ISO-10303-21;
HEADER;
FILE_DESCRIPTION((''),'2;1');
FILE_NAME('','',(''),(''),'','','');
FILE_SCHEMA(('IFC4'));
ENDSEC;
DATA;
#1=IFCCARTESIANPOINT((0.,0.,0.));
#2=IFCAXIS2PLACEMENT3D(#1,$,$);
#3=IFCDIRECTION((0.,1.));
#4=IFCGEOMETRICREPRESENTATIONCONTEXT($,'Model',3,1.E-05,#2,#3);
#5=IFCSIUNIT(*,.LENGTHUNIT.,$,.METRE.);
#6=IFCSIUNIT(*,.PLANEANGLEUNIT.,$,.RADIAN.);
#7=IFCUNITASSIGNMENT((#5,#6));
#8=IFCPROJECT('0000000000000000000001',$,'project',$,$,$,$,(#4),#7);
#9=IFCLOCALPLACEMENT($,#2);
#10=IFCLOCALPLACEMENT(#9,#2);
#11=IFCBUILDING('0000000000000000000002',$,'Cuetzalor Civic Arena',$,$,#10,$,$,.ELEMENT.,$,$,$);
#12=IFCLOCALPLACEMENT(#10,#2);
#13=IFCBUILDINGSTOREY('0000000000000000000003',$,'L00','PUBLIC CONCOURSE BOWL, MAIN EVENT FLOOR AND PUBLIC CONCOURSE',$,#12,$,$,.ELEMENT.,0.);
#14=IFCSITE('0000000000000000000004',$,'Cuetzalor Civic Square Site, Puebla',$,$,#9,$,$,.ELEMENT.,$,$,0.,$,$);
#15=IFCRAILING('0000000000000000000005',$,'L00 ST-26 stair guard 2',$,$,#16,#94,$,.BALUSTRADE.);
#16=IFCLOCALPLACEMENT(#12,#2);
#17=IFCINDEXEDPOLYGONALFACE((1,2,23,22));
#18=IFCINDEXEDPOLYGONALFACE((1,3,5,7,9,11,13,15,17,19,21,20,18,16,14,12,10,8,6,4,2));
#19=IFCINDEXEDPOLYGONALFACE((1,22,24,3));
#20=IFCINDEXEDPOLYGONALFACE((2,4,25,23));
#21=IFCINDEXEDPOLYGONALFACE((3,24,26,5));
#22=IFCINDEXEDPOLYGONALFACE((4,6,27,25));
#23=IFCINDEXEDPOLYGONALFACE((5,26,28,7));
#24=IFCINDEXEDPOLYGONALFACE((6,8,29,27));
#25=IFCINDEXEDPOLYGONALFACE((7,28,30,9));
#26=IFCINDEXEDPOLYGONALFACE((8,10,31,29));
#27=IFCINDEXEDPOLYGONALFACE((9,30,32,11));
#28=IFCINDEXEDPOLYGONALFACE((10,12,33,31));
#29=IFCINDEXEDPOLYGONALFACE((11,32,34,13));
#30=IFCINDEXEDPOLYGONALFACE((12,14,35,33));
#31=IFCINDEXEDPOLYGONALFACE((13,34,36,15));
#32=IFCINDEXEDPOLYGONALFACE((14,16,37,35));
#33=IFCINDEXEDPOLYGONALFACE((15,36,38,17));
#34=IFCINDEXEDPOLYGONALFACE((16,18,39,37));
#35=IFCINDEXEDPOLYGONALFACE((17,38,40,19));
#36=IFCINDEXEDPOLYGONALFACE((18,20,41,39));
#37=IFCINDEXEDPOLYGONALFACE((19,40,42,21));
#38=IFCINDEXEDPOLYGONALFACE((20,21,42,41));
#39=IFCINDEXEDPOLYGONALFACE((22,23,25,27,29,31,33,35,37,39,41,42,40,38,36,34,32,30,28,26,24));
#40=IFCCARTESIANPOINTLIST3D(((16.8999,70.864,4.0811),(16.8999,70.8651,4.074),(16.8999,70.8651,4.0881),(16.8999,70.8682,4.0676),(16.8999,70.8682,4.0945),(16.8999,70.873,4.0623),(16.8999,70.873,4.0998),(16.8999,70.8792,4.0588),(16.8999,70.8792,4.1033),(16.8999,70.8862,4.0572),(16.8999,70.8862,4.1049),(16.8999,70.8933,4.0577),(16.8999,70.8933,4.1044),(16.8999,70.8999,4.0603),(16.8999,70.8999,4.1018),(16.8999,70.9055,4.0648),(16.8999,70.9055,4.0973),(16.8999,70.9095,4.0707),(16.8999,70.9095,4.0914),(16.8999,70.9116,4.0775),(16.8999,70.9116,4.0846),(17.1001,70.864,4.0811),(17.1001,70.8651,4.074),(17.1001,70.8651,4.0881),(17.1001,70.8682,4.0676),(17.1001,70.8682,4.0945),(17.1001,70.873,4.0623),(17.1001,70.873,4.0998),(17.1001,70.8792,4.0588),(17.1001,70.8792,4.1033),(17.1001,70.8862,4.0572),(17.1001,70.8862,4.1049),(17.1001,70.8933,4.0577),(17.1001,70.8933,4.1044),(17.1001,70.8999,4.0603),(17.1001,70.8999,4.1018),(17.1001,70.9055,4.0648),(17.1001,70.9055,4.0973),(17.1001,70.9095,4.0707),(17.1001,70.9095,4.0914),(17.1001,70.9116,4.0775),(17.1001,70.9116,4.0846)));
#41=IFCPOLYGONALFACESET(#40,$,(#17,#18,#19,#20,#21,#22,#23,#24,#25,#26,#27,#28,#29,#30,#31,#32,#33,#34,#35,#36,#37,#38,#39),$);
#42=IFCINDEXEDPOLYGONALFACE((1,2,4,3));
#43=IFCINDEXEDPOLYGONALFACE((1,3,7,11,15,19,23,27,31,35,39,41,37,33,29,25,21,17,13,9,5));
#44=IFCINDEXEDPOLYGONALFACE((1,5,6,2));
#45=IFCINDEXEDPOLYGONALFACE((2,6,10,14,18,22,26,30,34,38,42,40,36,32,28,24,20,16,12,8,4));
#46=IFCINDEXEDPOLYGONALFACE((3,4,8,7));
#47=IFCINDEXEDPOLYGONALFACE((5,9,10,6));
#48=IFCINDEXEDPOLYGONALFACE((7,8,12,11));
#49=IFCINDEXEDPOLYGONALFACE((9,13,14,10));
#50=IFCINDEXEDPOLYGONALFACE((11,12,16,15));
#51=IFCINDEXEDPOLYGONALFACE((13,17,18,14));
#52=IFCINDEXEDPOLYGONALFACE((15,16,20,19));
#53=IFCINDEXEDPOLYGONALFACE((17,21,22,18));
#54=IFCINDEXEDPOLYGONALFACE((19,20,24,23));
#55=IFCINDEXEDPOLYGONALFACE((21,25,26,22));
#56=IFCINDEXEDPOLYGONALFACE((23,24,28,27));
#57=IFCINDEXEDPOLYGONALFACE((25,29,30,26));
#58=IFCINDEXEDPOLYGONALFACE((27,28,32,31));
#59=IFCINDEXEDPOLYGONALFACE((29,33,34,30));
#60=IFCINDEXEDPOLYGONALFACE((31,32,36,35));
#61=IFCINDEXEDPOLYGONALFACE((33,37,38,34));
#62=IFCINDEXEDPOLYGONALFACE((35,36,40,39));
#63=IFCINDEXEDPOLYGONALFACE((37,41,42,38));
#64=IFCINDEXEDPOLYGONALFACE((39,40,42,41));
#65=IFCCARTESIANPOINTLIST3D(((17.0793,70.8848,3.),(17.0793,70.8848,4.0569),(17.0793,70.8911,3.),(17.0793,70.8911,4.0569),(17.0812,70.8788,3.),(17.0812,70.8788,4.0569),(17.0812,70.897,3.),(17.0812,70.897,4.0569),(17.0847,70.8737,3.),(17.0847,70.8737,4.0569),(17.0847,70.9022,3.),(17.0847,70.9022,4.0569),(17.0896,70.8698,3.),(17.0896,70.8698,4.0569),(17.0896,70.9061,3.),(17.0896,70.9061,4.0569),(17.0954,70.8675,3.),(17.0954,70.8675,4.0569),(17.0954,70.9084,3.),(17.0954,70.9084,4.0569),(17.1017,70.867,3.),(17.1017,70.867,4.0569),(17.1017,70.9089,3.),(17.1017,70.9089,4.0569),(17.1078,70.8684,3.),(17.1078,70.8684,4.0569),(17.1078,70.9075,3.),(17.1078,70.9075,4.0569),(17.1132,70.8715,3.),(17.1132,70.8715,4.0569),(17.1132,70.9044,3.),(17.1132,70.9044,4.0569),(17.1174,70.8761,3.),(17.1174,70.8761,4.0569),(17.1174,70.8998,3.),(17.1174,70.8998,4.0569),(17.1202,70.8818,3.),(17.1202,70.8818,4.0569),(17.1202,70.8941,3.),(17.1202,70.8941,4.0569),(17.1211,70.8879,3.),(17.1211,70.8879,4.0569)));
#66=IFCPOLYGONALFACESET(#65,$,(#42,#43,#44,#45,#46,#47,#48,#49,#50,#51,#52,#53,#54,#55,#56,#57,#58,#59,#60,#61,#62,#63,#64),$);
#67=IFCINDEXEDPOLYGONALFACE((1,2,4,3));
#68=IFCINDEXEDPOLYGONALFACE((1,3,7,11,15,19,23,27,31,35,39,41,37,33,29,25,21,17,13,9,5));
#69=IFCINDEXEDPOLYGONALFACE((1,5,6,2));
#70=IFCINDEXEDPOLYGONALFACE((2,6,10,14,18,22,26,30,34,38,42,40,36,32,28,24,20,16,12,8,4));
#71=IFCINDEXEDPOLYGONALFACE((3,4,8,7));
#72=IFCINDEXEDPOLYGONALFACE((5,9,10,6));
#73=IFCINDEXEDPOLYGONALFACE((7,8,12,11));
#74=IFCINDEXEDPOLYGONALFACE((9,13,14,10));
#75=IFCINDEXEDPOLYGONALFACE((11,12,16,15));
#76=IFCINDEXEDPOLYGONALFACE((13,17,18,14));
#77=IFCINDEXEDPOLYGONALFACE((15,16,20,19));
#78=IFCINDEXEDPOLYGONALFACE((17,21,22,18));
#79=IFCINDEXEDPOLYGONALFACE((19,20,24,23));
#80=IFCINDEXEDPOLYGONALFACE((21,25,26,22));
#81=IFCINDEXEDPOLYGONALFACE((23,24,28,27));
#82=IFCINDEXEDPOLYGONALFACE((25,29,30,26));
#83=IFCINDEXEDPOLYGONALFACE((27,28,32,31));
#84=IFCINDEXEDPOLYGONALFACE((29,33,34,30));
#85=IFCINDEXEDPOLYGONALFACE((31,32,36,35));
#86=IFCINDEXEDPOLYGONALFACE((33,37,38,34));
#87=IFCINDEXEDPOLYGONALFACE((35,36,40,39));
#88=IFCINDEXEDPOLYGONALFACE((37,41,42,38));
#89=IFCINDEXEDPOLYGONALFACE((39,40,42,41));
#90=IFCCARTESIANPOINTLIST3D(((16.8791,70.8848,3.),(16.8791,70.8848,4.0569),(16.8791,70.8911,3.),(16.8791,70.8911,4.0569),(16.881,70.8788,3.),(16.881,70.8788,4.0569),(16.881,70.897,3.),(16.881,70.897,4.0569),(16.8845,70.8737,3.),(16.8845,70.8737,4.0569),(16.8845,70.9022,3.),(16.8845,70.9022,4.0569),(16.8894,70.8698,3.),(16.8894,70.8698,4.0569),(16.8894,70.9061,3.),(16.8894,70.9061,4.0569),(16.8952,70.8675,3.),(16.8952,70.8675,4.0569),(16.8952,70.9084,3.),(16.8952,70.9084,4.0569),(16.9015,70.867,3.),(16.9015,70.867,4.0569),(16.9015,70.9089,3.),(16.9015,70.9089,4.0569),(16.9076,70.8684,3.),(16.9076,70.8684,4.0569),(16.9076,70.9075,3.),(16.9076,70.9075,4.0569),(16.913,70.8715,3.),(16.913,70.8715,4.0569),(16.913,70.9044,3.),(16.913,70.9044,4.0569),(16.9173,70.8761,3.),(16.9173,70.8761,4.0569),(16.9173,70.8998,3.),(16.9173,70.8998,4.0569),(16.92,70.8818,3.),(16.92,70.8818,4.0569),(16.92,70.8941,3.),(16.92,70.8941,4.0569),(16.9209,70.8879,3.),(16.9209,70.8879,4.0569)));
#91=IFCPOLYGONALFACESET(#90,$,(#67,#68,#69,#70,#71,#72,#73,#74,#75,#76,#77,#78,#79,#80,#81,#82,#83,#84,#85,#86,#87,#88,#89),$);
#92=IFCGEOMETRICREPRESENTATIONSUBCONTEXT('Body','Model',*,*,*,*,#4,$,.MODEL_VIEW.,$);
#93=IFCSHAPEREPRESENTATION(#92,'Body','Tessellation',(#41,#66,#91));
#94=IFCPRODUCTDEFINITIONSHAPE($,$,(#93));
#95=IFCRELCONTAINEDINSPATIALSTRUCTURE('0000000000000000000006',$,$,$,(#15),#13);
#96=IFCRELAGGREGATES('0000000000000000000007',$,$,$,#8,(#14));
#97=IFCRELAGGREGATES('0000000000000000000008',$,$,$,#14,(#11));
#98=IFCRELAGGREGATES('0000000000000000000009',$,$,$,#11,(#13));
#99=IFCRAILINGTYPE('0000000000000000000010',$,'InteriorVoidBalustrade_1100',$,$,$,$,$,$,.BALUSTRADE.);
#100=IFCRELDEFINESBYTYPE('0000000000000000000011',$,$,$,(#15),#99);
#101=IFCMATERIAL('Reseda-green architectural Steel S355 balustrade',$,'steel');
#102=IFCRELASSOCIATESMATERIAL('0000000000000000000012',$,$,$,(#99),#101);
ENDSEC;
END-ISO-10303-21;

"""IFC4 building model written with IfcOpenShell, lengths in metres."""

from ifc_helpers import new_model, si_unit, direction, frame, origin, origin_2d, place, context, subcontext, project, spatial, circle, extrude, material, type_object, element, save


model = new_model("IFC4")

# Units and contexts
model_context = context("Model", 3, precision=1e-05, world=origin(), true_north=direction((0.0, 1.0)))
body_context = subcontext(model_context, "Body", "Model", "MODEL_VIEW")
ifc_project = project(units=[si_unit("LENGTHUNIT", "METRE"), si_unit("PLANEANGLEUNIT", "RADIAN")], contexts=[model_context])

# Site, building, storey
site_placement = place(None, origin())
site = spatial("IfcSite", under=ifc_project, at=site_placement, Name="Cuetzalor Civic Square Site, Puebla", CompositionType="ELEMENT", RefElevation=0.0)
building_placement = place(site_placement, origin())
building = spatial("IfcBuilding", under=site, at=building_placement, Name="Cuetzalor Civic Arena", CompositionType="ELEMENT")
storey_placement = place(building_placement, origin())
storey = spatial("IfcBuildingStorey", under=building, at=storey_placement, Name="L00", Description="PUBLIC CONCOURSE BOWL, MAIN EVENT FLOOR AND PUBLIC CONCOURSE", CompositionType="ELEMENT", Elevation=0.0)

# Railing
ifc_material_1 = material(Name="Reseda-green architectural Steel S355 balustrade", Category="steel")
railing_type_1 = type_object("IfcRailingType", Name="InteriorVoidBalustrade_1100", PredefinedType="BALUSTRADE", material=ifc_material_1)
railing_1_placement = place(storey_placement, frame((17.1001, 70.8879, 3.0)))
element("IfcRailing", 1, at=railing_1_placement, inside=storey, type_object=railing_type_1, Name="L00 ST-26 stair guard 2", PredefinedType="BALUSTRADE", context=body_context, shape_type="SweptSolid", body=[
    extrude(circle(Radius=0.0239, at=origin_2d()), frame((0.0, 0.0, 1.0811), z_axis=(-1.0, 0.0, 0.0), x_axis=(0.0, -1.0, 0.0)), (0.0, 0.0, 1.0), 0.2002),
    extrude(circle(Radius=0.021, at=origin_2d()), origin(), (0.0, 0.0, 1.0), 1.0569),
    extrude(circle(Radius=0.021, at=origin_2d()), frame((-0.2002, 0.0, 0.0)), (0.0, 0.0, 1.0), 1.0569),
])

save(model, "model.ifc")
